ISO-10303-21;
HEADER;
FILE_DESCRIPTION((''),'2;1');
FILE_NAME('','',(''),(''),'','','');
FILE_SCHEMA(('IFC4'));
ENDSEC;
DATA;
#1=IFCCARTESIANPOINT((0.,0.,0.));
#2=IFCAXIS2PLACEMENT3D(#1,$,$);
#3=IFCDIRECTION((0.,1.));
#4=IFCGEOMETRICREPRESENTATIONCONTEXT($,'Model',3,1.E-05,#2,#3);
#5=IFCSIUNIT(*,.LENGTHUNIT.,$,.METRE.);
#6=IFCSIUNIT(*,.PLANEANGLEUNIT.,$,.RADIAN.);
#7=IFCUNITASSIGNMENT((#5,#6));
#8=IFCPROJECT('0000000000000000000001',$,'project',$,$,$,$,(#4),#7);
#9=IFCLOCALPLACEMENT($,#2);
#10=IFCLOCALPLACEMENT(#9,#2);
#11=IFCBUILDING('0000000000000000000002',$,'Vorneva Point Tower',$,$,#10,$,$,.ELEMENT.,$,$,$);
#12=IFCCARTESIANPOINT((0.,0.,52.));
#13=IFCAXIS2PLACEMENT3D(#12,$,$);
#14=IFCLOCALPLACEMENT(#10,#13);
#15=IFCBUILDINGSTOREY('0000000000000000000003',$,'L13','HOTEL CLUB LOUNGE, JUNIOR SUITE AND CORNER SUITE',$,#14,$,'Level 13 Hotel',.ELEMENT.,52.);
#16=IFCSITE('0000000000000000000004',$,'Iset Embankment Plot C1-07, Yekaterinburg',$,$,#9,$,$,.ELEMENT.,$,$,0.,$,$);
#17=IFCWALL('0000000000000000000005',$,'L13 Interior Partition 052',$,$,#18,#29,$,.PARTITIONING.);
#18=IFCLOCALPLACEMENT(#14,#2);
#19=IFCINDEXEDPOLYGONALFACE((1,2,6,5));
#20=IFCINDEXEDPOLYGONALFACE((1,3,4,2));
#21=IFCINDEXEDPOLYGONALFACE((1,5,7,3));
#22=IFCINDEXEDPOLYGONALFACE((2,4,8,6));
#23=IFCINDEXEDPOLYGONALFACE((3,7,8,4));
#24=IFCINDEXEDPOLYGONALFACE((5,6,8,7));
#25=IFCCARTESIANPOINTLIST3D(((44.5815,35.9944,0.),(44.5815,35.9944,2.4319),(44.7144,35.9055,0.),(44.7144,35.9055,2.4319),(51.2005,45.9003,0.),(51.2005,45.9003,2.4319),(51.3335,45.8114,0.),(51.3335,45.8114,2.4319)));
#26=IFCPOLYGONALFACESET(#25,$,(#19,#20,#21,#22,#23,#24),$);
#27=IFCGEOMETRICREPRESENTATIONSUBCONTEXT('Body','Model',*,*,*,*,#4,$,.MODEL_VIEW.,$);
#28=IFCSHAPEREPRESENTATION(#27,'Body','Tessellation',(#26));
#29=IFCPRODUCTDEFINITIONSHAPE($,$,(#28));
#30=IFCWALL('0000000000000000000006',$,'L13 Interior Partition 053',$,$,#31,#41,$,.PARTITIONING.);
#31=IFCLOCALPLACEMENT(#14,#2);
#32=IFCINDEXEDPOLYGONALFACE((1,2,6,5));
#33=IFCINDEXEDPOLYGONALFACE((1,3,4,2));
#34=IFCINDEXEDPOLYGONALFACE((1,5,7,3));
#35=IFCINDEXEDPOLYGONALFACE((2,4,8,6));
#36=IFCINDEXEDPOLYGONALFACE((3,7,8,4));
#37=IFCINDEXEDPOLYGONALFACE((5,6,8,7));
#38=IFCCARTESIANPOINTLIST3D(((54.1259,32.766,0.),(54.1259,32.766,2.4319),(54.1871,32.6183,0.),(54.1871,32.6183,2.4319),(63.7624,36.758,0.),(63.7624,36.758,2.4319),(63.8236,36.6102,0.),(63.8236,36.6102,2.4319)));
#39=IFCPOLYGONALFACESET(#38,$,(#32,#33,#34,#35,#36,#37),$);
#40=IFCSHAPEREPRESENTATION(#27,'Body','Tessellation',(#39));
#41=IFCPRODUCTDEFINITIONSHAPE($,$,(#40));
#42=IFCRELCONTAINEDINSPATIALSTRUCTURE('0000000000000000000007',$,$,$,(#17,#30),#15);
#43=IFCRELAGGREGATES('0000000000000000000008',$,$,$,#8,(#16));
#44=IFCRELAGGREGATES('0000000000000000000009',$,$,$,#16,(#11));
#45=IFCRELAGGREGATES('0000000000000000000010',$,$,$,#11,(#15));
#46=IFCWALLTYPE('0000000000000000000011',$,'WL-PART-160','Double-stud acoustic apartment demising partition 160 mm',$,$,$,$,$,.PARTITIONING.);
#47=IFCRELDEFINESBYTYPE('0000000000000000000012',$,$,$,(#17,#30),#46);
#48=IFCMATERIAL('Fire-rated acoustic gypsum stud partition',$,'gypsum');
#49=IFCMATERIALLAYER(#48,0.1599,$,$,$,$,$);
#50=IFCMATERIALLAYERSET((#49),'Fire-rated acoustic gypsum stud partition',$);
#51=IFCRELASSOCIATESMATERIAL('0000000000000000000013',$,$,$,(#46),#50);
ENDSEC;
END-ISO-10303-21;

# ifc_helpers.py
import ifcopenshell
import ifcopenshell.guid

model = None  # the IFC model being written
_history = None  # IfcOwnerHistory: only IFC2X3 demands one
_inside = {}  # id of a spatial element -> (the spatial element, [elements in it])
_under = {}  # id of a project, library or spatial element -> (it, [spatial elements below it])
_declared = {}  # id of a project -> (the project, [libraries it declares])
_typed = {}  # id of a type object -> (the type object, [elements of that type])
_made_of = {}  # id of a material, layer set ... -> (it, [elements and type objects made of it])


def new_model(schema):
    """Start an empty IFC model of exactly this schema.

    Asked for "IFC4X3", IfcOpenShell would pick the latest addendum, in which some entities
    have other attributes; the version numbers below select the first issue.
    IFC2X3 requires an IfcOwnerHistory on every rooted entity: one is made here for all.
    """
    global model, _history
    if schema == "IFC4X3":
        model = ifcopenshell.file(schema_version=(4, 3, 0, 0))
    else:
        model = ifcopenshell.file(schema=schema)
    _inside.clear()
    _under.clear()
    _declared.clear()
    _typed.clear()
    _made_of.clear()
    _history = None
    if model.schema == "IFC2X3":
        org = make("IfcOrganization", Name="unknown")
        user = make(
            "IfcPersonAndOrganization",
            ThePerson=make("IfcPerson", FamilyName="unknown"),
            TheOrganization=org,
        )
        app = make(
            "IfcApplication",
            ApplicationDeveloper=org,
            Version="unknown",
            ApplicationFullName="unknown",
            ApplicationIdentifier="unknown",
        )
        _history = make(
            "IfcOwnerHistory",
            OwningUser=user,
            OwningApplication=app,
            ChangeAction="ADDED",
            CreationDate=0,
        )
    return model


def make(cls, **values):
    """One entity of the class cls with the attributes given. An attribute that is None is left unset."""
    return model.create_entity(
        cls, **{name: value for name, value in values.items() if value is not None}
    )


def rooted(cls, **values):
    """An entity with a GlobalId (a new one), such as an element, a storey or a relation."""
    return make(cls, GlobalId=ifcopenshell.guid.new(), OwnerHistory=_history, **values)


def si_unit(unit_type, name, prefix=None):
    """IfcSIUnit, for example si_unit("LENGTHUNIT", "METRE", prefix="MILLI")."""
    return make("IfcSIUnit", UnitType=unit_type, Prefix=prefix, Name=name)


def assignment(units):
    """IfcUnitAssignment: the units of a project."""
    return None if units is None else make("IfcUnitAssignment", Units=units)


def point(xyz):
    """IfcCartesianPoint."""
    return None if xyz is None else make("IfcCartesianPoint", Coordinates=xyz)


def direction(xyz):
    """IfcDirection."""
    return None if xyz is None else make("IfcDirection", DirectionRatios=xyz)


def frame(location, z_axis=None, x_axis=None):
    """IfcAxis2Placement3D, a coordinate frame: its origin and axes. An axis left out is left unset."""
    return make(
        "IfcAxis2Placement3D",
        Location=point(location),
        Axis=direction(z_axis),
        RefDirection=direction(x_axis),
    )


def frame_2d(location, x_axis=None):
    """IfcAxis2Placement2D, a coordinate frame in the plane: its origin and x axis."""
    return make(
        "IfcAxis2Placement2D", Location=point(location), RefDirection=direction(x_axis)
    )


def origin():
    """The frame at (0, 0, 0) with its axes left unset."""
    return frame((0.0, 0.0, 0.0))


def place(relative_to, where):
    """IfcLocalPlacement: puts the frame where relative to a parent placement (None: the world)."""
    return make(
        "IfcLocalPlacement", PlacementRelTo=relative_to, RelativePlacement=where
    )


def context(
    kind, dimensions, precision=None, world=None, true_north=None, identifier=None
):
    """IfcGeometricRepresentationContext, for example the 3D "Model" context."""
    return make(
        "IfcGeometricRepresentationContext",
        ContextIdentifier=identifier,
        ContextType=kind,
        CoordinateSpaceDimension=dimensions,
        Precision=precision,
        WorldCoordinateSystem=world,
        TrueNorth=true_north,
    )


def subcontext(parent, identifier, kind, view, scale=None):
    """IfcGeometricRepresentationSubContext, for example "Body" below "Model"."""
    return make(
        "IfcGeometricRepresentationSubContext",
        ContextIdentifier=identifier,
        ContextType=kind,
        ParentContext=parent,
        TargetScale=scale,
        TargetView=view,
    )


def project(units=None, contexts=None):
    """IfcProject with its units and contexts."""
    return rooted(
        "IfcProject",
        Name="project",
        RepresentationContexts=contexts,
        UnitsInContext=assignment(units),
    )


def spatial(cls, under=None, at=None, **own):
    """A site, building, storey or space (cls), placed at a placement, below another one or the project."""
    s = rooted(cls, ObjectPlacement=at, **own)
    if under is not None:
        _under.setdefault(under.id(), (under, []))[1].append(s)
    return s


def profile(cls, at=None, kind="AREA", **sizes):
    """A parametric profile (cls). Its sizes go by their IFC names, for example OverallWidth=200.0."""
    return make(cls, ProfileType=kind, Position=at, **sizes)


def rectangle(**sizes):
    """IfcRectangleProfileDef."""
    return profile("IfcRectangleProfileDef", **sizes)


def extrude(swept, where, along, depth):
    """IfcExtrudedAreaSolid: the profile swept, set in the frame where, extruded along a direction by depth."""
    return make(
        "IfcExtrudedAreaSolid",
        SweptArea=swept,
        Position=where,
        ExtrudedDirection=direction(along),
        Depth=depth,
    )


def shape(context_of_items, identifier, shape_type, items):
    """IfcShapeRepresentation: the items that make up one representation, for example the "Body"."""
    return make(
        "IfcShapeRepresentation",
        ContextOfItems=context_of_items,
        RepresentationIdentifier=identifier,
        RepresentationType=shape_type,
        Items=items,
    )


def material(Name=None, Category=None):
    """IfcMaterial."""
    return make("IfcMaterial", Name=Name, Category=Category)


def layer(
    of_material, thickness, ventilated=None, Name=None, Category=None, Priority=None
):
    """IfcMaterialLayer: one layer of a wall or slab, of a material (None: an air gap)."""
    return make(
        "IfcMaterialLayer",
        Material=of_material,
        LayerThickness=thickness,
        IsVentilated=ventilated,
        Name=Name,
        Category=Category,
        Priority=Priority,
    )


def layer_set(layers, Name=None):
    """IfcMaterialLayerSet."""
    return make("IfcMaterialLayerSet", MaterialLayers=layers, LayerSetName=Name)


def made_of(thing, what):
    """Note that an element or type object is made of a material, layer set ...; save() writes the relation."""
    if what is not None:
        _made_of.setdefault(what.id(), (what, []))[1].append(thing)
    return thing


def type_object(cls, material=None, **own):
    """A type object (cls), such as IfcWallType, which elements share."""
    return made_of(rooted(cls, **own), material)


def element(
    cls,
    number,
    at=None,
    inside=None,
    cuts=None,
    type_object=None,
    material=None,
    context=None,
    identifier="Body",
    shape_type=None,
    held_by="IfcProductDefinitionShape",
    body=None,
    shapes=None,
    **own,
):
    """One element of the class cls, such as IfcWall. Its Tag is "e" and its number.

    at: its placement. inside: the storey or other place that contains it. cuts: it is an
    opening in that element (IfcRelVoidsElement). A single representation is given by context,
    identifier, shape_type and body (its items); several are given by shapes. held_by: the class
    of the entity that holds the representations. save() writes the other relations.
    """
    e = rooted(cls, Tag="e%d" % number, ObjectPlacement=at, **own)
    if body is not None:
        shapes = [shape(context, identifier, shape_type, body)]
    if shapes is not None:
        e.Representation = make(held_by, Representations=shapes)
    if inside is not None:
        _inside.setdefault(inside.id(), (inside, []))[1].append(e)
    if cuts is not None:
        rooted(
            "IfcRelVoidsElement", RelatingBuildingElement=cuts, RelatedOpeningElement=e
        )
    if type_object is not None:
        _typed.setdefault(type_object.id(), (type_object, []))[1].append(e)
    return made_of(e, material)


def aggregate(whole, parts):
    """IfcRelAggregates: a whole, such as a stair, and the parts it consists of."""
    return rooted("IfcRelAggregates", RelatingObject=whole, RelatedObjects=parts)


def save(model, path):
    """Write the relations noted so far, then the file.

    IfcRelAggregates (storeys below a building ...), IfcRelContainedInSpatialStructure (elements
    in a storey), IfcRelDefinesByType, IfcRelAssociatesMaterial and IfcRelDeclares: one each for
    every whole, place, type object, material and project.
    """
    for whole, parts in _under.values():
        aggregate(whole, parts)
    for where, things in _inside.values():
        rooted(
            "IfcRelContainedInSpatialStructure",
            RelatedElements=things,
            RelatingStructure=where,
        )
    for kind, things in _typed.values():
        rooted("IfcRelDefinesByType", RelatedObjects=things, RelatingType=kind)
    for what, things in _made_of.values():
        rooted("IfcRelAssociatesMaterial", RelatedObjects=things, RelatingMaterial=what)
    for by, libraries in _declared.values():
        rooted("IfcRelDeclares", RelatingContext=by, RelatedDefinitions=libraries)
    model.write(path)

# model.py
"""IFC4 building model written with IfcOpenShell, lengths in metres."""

from ifc_helpers import new_model, si_unit, direction, frame, frame_2d, origin, place, context, subcontext, project, spatial, rectangle, extrude, material, layer, layer_set, type_object, element, save


model = new_model("IFC4")

# Units and contexts
model_context = context("Model", 3, precision=1e-05, world=origin(), true_north=direction((0.0, 1.0)))
body_context = subcontext(model_context, "Body", "Model", "MODEL_VIEW")
ifc_project = project(units=[si_unit("LENGTHUNIT", "METRE"), si_unit("PLANEANGLEUNIT", "RADIAN")], contexts=[model_context])

# Site, building, storey
site_placement = place(None, origin())
site = spatial("IfcSite", under=ifc_project, at=site_placement, Name="Iset Embankment Plot C1-07, Yekaterinburg", CompositionType="ELEMENT", RefElevation=0.0)
building_placement = place(site_placement, origin())
building = spatial("IfcBuilding", under=site, at=building_placement, Name="Vorneva Point Tower", CompositionType="ELEMENT")
storey_placement = place(building_placement, frame((0.0, 0.0, 52.0)))
storey = spatial("IfcBuildingStorey", under=building, at=storey_placement, Name="L13", Description="HOTEL CLUB LOUNGE, JUNIOR SUITE AND CORNER SUITE", LongName="Level 13 Hotel", CompositionType="ELEMENT", Elevation=52.0)

# Walls
ifc_material_1 = material(Name="Fire-rated acoustic gypsum stud partition", Category="gypsum")
ifc_layer_1 = layer(ifc_material_1, 0.1599)
ifc_layer_set_1 = layer_set([ifc_layer_1], Name="Fire-rated acoustic gypsum stud partition")
wall_type_1 = type_object("IfcWallType", Name="WL-PART-160", Description="Double-stud acoustic apartment demising partition 160 mm", PredefinedType="PARTITIONING", material=ifc_layer_set_1)
wall_1_placement = place(storey_placement, frame((51.2671, 45.856, 0.0), z_axis=(0.0, 0.0, 1.0), x_axis=(-0.555579, -0.831463, 0.0)))
element("IfcWall", 1, at=wall_1_placement, inside=storey, type_object=wall_type_1, Name="L13 Interior Partition 052", PredefinedType="PARTITIONING", context=body_context, shape_type="SweptSolid", body=[
    extrude(rectangle(XDim=11.9138, YDim=0.1599, at=frame_2d((5.957, 0.0))), origin(), (0.0, 0.0, 1.0), 2.4319),
])
wall_2_placement = place(storey_placement, frame((54.1565, 32.6921, 0.0), z_axis=(0.0, 0.0, 1.0), x_axis=(0.923866, 0.382715, 0.0)))
element("IfcWall", 2, at=wall_2_placement, inside=storey, type_object=wall_type_1, Name="L13 Interior Partition 053", PredefinedType="PARTITIONING", context=body_context, shape_type="SweptSolid", body=[
    extrude(rectangle(XDim=10.4307, YDim=0.1599, at=frame_2d((5.2153, 0.0))), origin(), (0.0, 0.0, 1.0), 2.4319),
])

save(model, "model.ifc")
